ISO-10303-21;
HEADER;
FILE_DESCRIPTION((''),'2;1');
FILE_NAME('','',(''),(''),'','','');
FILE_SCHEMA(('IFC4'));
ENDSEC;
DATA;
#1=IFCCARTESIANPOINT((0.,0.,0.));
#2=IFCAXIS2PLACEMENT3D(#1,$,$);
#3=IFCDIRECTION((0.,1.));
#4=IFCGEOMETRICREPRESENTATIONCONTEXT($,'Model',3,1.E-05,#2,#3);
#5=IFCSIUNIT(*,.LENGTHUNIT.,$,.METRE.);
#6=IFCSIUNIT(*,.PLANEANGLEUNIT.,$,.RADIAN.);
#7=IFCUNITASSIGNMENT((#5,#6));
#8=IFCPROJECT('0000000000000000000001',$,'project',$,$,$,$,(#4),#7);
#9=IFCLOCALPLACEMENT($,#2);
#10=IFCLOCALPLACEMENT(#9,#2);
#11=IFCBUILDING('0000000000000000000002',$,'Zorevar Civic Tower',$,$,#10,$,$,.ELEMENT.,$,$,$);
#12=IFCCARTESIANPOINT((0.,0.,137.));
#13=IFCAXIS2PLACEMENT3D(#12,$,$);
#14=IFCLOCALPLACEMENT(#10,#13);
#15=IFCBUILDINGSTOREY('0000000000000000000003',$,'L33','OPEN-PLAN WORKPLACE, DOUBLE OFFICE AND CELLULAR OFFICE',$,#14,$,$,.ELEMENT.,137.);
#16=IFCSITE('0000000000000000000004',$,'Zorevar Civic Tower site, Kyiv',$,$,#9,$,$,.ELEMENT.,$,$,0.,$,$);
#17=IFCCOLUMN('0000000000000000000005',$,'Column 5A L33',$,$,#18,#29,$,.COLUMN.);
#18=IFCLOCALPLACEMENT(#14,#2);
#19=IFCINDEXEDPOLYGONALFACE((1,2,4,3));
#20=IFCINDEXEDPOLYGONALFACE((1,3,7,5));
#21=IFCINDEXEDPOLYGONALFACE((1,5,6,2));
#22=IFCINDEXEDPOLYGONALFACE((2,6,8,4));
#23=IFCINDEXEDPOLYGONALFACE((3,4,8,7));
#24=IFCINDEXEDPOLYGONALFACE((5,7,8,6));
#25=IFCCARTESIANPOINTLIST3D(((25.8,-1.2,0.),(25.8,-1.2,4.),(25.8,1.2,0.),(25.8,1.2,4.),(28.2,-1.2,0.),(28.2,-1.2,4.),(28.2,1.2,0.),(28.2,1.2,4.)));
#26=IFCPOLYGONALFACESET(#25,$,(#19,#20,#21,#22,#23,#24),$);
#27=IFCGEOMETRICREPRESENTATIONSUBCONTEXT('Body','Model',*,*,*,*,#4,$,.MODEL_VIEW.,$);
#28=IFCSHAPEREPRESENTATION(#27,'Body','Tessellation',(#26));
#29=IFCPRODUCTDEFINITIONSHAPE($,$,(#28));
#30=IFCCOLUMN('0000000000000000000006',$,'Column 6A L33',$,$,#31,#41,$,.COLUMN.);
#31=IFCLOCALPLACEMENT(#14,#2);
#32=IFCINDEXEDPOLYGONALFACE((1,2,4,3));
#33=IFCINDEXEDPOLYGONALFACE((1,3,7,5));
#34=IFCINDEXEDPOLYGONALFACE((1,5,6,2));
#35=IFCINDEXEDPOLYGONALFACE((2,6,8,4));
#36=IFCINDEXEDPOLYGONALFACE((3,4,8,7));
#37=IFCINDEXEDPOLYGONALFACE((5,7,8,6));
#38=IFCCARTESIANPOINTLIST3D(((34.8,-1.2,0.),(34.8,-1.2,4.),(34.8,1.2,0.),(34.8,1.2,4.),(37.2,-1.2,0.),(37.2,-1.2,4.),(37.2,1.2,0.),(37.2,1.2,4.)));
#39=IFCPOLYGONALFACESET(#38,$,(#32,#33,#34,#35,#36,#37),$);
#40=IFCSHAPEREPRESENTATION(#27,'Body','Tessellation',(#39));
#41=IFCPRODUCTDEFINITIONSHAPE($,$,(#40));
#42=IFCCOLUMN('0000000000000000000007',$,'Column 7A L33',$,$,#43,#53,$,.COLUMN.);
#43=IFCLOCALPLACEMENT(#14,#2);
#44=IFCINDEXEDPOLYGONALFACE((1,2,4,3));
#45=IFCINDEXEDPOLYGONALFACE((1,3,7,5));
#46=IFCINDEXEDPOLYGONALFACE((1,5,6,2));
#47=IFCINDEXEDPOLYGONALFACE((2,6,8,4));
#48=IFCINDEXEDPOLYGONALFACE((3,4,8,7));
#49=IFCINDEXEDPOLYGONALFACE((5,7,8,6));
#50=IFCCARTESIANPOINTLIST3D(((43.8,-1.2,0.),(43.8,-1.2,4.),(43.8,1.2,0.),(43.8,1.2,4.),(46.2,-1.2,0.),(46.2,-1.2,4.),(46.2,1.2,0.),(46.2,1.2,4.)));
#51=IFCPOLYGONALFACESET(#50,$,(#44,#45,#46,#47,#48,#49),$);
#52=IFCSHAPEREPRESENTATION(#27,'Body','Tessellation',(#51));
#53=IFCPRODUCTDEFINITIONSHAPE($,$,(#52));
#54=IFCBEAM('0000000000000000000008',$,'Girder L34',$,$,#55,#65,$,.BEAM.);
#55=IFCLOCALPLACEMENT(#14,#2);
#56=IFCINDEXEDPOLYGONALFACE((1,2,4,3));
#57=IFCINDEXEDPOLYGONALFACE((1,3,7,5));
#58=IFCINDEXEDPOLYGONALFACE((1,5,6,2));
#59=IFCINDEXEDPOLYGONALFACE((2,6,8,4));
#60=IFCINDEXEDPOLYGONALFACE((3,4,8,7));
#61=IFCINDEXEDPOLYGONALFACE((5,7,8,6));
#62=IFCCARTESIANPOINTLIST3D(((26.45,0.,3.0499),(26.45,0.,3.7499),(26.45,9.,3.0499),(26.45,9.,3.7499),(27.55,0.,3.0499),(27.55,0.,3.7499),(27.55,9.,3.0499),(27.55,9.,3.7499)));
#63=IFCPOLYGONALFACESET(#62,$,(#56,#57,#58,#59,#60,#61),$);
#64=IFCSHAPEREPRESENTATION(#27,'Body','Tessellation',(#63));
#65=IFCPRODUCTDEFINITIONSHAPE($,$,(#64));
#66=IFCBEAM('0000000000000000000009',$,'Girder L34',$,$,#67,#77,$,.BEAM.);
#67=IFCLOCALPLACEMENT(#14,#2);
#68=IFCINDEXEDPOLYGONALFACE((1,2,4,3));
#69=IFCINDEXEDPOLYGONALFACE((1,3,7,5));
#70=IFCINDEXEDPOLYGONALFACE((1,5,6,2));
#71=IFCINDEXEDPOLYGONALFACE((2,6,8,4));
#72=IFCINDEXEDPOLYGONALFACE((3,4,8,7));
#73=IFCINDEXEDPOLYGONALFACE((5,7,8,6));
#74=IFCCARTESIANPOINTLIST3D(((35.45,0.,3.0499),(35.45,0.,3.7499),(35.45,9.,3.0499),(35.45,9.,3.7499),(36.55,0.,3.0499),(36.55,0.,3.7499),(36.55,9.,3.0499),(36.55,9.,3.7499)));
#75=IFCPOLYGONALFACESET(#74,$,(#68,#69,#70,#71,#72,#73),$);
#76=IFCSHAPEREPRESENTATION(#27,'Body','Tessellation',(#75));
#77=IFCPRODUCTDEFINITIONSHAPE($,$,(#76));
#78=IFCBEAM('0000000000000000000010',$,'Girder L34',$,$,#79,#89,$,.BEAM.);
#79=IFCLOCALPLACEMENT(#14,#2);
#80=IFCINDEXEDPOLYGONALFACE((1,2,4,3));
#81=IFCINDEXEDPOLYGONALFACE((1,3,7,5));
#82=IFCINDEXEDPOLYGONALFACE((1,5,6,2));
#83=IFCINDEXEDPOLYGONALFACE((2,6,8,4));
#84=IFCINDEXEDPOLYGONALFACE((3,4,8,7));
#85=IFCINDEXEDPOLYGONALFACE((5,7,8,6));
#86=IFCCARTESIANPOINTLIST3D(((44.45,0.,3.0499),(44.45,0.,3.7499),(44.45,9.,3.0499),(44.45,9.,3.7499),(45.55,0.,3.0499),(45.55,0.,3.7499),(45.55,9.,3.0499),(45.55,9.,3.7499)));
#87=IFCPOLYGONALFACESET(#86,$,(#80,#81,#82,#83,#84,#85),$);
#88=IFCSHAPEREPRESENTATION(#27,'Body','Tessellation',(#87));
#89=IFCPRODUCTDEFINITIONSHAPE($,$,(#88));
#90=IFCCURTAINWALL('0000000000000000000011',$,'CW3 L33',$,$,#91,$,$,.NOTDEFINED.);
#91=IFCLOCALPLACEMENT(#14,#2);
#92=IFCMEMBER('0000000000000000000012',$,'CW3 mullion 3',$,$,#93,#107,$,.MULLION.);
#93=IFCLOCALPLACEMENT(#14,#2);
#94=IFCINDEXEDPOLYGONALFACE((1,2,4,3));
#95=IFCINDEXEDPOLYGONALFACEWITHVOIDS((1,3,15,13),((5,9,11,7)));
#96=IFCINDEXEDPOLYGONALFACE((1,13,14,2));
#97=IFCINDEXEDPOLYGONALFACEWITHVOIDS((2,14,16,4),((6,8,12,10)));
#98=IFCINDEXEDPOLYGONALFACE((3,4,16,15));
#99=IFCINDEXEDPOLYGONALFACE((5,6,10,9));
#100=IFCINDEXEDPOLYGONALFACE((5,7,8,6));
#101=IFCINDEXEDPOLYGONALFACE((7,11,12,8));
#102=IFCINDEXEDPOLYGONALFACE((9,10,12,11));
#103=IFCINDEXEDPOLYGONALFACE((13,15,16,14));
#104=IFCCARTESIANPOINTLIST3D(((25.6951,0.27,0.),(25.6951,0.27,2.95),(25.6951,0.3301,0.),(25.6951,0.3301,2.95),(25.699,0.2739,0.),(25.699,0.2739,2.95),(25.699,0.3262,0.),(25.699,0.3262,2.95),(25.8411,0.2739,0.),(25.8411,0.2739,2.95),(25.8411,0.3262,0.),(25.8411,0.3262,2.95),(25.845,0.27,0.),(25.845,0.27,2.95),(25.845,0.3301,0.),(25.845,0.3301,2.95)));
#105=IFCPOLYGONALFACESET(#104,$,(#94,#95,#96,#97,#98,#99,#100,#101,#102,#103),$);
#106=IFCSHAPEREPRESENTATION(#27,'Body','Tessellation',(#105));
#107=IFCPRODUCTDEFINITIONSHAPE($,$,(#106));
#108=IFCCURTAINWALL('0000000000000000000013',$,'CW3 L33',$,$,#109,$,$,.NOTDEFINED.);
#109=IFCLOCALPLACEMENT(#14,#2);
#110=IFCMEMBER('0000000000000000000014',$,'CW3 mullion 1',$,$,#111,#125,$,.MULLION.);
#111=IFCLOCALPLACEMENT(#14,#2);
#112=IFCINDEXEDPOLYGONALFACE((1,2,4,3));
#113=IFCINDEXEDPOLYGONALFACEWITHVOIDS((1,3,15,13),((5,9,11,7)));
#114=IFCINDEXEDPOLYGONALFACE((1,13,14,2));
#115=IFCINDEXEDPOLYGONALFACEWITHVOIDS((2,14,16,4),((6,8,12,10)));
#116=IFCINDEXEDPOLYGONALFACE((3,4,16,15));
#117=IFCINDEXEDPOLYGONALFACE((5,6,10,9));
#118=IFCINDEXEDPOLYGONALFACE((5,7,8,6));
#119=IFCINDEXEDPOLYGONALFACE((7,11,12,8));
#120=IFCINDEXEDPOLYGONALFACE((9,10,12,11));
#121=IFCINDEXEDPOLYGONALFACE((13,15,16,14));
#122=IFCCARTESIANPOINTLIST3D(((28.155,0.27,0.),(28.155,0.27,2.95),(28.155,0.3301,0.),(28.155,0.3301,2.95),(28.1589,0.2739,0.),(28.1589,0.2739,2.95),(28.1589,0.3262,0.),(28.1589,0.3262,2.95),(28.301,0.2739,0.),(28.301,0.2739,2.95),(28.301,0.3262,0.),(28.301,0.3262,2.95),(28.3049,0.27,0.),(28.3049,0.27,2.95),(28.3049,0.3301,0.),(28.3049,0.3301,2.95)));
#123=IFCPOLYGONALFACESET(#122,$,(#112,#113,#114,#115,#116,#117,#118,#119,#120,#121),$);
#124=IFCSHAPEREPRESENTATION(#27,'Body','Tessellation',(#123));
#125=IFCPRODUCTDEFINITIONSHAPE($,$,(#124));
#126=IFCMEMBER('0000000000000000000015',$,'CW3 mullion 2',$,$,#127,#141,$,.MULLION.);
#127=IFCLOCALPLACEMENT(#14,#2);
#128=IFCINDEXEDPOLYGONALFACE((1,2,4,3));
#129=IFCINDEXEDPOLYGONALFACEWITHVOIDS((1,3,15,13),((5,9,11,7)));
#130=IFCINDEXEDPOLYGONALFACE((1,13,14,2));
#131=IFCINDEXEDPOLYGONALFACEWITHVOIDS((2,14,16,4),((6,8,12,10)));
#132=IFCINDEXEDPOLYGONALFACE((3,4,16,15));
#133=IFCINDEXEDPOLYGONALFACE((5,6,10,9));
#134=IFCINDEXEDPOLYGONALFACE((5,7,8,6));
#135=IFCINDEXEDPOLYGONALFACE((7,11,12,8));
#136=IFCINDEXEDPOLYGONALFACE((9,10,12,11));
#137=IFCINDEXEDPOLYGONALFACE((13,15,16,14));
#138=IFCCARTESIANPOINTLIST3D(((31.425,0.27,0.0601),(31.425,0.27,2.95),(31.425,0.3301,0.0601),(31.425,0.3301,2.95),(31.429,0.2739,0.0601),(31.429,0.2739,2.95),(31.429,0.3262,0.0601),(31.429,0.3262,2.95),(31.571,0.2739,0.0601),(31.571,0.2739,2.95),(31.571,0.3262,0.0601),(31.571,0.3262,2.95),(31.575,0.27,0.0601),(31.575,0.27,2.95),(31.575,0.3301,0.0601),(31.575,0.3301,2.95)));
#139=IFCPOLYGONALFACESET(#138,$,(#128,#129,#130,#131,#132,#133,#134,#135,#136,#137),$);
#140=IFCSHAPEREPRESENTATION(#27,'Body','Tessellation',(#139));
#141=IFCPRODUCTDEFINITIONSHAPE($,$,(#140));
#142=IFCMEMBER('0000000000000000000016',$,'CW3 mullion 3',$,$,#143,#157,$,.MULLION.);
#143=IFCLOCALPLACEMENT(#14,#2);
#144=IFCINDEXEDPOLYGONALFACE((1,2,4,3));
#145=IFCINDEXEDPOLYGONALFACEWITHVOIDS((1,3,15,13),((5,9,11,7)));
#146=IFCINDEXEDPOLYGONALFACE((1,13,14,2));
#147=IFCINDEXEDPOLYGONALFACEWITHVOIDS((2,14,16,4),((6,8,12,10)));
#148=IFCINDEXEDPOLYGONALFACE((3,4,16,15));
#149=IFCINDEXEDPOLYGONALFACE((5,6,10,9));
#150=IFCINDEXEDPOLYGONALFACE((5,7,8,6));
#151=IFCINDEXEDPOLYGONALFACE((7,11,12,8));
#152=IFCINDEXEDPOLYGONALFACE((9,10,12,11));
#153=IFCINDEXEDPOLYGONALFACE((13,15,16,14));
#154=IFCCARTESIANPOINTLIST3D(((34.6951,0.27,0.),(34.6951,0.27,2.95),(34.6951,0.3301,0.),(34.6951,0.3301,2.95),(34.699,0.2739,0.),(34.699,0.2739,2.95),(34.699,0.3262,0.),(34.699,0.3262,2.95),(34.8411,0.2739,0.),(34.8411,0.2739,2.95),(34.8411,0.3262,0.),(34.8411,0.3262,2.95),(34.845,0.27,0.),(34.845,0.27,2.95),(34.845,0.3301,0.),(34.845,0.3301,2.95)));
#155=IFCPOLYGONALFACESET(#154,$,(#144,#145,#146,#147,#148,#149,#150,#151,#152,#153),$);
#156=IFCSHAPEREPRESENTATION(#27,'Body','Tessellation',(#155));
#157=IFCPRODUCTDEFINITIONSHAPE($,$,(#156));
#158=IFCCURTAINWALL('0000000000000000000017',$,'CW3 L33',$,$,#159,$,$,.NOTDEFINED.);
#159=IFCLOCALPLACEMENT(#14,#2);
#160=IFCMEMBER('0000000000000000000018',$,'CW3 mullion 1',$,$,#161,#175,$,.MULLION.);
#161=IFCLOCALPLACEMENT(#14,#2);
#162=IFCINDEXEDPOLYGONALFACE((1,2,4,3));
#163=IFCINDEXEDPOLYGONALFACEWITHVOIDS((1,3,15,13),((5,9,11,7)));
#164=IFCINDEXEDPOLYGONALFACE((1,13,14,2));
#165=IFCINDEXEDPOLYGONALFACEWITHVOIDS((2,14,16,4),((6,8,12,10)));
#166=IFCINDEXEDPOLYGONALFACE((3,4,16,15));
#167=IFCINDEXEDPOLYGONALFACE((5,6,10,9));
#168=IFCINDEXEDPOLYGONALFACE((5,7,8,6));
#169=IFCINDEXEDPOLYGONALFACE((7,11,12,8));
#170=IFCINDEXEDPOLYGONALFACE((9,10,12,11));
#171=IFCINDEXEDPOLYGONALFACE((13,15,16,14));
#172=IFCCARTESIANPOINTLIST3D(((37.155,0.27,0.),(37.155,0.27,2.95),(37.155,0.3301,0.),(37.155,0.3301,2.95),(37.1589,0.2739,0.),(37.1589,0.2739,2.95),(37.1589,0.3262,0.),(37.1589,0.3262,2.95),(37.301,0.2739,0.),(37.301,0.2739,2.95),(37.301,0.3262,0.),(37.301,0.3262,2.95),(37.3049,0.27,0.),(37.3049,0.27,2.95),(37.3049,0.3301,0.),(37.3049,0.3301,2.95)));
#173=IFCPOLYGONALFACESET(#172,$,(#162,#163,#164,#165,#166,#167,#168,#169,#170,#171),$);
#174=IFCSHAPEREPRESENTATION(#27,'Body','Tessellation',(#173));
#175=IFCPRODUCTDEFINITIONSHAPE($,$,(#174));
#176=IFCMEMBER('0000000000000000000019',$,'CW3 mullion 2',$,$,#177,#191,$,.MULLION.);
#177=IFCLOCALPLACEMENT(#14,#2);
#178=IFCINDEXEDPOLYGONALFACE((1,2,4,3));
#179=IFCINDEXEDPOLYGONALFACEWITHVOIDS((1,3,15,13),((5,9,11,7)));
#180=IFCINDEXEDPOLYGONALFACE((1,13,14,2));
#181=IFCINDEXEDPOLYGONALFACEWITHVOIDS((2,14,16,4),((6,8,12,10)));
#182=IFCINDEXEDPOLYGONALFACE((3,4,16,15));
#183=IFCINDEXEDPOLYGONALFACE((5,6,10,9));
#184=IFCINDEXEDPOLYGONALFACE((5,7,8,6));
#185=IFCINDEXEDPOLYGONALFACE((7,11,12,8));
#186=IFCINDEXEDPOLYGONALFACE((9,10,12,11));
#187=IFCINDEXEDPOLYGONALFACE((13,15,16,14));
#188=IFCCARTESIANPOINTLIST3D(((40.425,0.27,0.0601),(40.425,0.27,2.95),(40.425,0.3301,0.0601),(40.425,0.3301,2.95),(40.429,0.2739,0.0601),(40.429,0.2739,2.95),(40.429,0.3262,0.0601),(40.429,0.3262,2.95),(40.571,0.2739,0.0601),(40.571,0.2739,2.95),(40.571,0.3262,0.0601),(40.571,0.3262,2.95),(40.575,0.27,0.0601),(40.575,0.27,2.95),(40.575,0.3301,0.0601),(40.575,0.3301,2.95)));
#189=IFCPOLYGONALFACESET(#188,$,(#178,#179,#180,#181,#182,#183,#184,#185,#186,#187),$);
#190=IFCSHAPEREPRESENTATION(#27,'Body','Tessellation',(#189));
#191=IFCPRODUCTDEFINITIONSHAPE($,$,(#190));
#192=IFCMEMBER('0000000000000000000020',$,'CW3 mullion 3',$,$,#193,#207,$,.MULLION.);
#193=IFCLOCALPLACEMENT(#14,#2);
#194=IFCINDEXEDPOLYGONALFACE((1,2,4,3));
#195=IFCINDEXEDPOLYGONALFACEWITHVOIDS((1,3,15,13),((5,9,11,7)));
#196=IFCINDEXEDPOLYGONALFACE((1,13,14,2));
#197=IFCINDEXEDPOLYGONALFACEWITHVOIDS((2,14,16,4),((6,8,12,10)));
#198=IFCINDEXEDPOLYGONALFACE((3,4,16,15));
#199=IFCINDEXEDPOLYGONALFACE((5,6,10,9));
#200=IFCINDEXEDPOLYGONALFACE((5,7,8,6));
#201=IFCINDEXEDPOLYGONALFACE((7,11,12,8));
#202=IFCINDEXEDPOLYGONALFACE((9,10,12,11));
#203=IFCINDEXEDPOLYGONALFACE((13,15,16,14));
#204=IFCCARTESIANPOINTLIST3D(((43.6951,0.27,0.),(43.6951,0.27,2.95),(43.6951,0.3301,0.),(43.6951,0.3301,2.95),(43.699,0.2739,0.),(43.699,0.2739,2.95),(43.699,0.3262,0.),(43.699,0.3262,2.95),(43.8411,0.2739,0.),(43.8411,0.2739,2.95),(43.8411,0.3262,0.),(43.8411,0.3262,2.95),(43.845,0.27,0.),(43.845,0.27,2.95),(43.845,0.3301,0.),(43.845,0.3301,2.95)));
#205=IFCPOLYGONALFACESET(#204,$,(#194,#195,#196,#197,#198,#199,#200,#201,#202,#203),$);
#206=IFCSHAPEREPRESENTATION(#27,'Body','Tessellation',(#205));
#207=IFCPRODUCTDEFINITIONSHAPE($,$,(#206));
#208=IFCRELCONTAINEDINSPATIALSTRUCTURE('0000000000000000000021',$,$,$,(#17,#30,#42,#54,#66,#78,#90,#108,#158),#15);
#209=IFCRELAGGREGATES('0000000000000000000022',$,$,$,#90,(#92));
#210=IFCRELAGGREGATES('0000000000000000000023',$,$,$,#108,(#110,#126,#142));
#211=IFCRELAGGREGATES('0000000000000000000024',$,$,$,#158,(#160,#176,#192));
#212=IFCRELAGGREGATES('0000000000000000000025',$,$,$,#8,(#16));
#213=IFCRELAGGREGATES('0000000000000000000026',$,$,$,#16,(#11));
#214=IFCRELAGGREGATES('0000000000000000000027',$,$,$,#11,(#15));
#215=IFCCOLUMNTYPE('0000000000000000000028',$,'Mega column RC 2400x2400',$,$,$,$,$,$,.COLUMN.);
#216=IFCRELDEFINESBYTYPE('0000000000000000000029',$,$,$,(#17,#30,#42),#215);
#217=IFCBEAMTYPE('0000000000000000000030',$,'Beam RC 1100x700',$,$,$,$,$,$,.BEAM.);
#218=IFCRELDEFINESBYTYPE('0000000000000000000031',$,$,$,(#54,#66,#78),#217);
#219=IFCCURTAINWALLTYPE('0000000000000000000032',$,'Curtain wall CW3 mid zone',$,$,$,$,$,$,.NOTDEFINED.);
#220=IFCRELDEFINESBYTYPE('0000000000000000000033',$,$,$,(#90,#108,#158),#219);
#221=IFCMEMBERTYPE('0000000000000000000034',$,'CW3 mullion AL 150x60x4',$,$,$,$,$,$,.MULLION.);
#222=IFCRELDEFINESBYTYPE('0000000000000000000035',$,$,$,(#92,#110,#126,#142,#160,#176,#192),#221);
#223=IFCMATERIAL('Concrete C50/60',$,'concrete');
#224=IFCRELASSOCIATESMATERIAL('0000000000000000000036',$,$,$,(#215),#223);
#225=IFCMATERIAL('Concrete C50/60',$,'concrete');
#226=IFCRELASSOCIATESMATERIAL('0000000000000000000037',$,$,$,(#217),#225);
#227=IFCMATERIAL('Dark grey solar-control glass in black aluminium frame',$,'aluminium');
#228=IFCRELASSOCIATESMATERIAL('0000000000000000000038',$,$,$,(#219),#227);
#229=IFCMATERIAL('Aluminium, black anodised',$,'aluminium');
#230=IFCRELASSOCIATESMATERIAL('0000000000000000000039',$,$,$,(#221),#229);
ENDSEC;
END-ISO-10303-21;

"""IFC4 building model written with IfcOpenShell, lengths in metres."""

from ifc_helpers import new_model, si_unit, direction, frame, origin, origin_2d, place, context, subcontext, project, spatial, rectangle, hollow_rectangle, extrude, material, material_profile, profile_set, type_object, element, aggregate, save


model = new_model("IFC4")

# Units and contexts
model_context = context("Model", 3, precision=1e-05, world=origin(), true_north=direction((0.0, 1.0)))
body_context = subcontext(model_context, "Body", "Model", "MODEL_VIEW")
ifc_project = project(units=[si_unit("LENGTHUNIT", "METRE"), si_unit("PLANEANGLEUNIT", "RADIAN")], contexts=[model_context])

# Site, building, storey
site_placement = place(None, origin())
site = spatial("IfcSite", under=ifc_project, at=site_placement, Name="Zorevar Civic Tower site, Kyiv", CompositionType="ELEMENT", RefElevation=0.0)
building_placement = place(site_placement, origin())
building = spatial("IfcBuilding", under=site, at=building_placement, Name="Zorevar Civic Tower", CompositionType="ELEMENT")
storey_placement = place(building_placement, frame((0.0, 0.0, 137.0)))
storey = spatial("IfcBuildingStorey", under=building, at=storey_placement, Name="L33", Description="OPEN-PLAN WORKPLACE, DOUBLE OFFICE AND CELLULAR OFFICE", CompositionType="ELEMENT", Elevation=137.0)

# Columns
ifc_material_1 = material(Name="Concrete C50/60", Category="concrete")
ifc_material_profile_1 = material_profile(ifc_material_1, rectangle(XDim=2.3999, YDim=2.3999, at=origin_2d()), Name="RC 2400x2400")
ifc_profile_set_1 = profile_set([ifc_material_profile_1], Name="Concrete C50/60")
column_type = type_object("IfcColumnType", Name="Mega column RC 2400x2400", PredefinedType="COLUMN", material=ifc_profile_set_1)
for number, where, z_axis, x_axis, name in (
    (1, (27.0, 0.0, 0.0), (0.0, 0.0, 1.0), (1.0, 0.0, 0.0), "Column 5A L33"),
    (2, (36.0, 0.0, 0.0), (0.0, 0.0, 1.0), (1.0, 0.0, 0.0), "Column 6A L33"),
    (3, (45.0, 0.0, 0.0), (0.0, 0.0, 1.0), (1.0, 0.0, 0.0), "Column 7A L33"),
):
    element("IfcColumn", number, at=place(storey_placement, frame(where, z_axis=z_axis, x_axis=x_axis)), inside=storey, type_object=column_type, Name=name, PredefinedType="COLUMN", context=body_context, shape_type="SweptSolid", body=[
        extrude(rectangle(XDim=2.3999, YDim=2.3999, at=origin_2d()), origin(), (0.0, 0.0, 1.0), 4.0),
    ])

# Beams
ifc_material_2 = material(Name="Concrete C50/60", Category="concrete")
ifc_material_profile_2 = material_profile(ifc_material_2, rectangle(XDim=1.1001, YDim=0.7, at=origin_2d()), Name="RC 1100x700")
ifc_profile_set_2 = profile_set([ifc_material_profile_2], Name="Concrete C50/60")
beam_type_1 = type_object("IfcBeamType", Name="Beam RC 1100x700", PredefinedType="BEAM", material=ifc_profile_set_2)
for number, where, z_axis, x_axis, name in (
    (4, (27.0, 0.0, 3.3999), (0.0, 1.0, 0.0), (-1.0, 0.0, 0.0), "Girder L34"),
    (5, (36.0, 0.0, 3.3999), (0.0, 1.0, 0.0), (-1.0, 0.0, 0.0), "Girder L34"),
    (6, (45.0, 0.0, 3.3999), (0.0, 1.0, 0.0), (-1.0, 0.0, 0.0), "Girder L34"),
):
    element("IfcBeam", number, at=place(storey_placement, frame(where, z_axis=z_axis, x_axis=x_axis)), inside=storey, type_object=beam_type_1, Name=name, PredefinedType="BEAM", context=body_context, shape_type="SweptSolid", body=[
        extrude(rectangle(XDim=1.1001, YDim=0.7, at=origin_2d()), origin(), (0.0, 0.0, 1.0), 9.0),
    ])

# Curtain wall, member
ifc_material_3 = material(Name="Dark grey solar-control glass in black aluminium frame", Category="aluminium")
curtain_wall_type = type_object("IfcCurtainWallType", Name="Curtain wall CW3 mid zone", PredefinedType="NOTDEFINED", material=ifc_material_3)
curtain_wall_1_placement = place(storey_placement, origin())
curtain_wall_1 = element("IfcCurtainWall", 7, at=curtain_wall_1_placement, inside=storey, type_object=curtain_wall_type, Name="CW3 L33", PredefinedType="NOTDEFINED")
ifc_material_4 = material(Name="Aluminium, black anodised", Category="aluminium")
ifc_material_profile_3 = material_profile(ifc_material_4, hollow_rectangle(XDim=0.0601, YDim=0.1499, WallThickness=0.0039, at=origin_2d()), Name="AL 150x60x4")
ifc_profile_set_3 = profile_set([ifc_material_profile_3], Name="Aluminium, black anodised")
member_type_1 = type_object("IfcMemberType", Name="CW3 mullion AL 150x60x4", PredefinedType="MULLION", material=ifc_profile_set_3)
member_1_placement = place(storey_placement, frame((25.77, 0.3, 0.0), z_axis=(0.0, 0.0, 1.0), x_axis=(0.0, 1.0, 0.0)))
member_1 = element("IfcMember", 8, at=member_1_placement, type_object=member_type_1, Name="CW3 mullion 3", PredefinedType="MULLION", context=body_context, shape_type="SweptSolid", body=[
    extrude(hollow_rectangle(XDim=0.0601, YDim=0.1499, WallThickness=0.0039, at=origin_2d()), origin(), (0.0, 0.0, 1.0), 2.95),
])
aggregate(curtain_wall_1, [member_1])

# Curtain walls, members
curtain_wall_2_placement = place(storey_placement, origin())
curtain_wall_2 = element("IfcCurtainWall", 9, at=curtain_wall_2_placement, inside=storey, type_object=curtain_wall_type, Name="CW3 L33", PredefinedType="NOTDEFINED")
member_2_placement = place(storey_placement, frame((28.23, 0.3, 0.0), z_axis=(0.0, 0.0, 1.0), x_axis=(0.0, 1.0, 0.0)))
member_2 = element("IfcMember", 10, at=member_2_placement, type_object=member_type_1, Name="CW3 mullion 1", PredefinedType="MULLION", context=body_context, shape_type="SweptSolid", body=[
    extrude(hollow_rectangle(XDim=0.0601, YDim=0.1499, WallThickness=0.0039, at=origin_2d()), origin(), (0.0, 0.0, 1.0), 2.95),
])
member_3_placement = place(storey_placement, frame((31.5, 0.3, 0.0601), z_axis=(0.0, 0.0, 1.0), x_axis=(0.0, 1.0, 0.0)))
member_3 = element("IfcMember", 11, at=member_3_placement, type_object=member_type_1, Name="CW3 mullion 2", PredefinedType="MULLION", context=body_context, shape_type="SweptSolid", body=[
    extrude(hollow_rectangle(XDim=0.0601, YDim=0.1499, WallThickness=0.0039, at=origin_2d()), origin(), (0.0, 0.0, 1.0), 2.8899),
])
member_4_placement = place(storey_placement, frame((34.77, 0.3, 0.0), z_axis=(0.0, 0.0, 1.0), x_axis=(0.0, 1.0, 0.0)))
member_4 = element("IfcMember", 12, at=member_4_placement, type_object=member_type_1, Name="CW3 mullion 3", PredefinedType="MULLION", context=body_context, shape_type="SweptSolid", body=[
    extrude(hollow_rectangle(XDim=0.0601, YDim=0.1499, WallThickness=0.0039, at=origin_2d()), origin(), (0.0, 0.0, 1.0), 2.95),
])
curtain_wall_3_placement = place(storey_placement, origin())
curtain_wall_3 = element("IfcCurtainWall", 13, at=curtain_wall_3_placement, inside=storey, type_object=curtain_wall_type, Name="CW3 L33", PredefinedType="NOTDEFINED")
member_5_placement = place(storey_placement, frame((37.23, 0.3, 0.0), z_axis=(0.0, 0.0, 1.0), x_axis=(0.0, 1.0, 0.0)))
member_5 = element("IfcMember", 14, at=member_5_placement, type_object=member_type_1, Name="CW3 mullion 1", PredefinedType="MULLION", context=body_context, shape_type="SweptSolid", body=[
    extrude(hollow_rectangle(XDim=0.0601, YDim=0.1499, WallThickness=0.0039, at=origin_2d()), origin(), (0.0, 0.0, 1.0), 2.95),
])
member_6_placement = place(storey_placement, frame((40.5, 0.3, 0.0601), z_axis=(0.0, 0.0, 1.0), x_axis=(0.0, 1.0, 0.0)))
member_6 = element("IfcMember", 15, at=member_6_placement, type_object=member_type_1, Name="CW3 mullion 2", PredefinedType="MULLION", context=body_context, shape_type="SweptSolid", body=[
    extrude(hollow_rectangle(XDim=0.0601, YDim=0.1499, WallThickness=0.0039, at=origin_2d()), origin(), (0.0, 0.0, 1.0), 2.8899),
])
member_7_placement = place(storey_placement, frame((43.77, 0.3, 0.0), z_axis=(0.0, 0.0, 1.0), x_axis=(0.0, 1.0, 0.0)))
member_7 = element("IfcMember", 16, at=member_7_placement, type_object=member_type_1, Name="CW3 mullion 3", PredefinedType="MULLION", context=body_context, shape_type="SweptSolid", body=[
    extrude(hollow_rectangle(XDim=0.0601, YDim=0.1499, WallThickness=0.0039, at=origin_2d()), origin(), (0.0, 0.0, 1.0), 2.95),
])

aggregate(curtain_wall_2, [member_2, member_3, member_4])
aggregate(curtain_wall_3, [member_5, member_6, member_7])

save(model, "model.ifc")
